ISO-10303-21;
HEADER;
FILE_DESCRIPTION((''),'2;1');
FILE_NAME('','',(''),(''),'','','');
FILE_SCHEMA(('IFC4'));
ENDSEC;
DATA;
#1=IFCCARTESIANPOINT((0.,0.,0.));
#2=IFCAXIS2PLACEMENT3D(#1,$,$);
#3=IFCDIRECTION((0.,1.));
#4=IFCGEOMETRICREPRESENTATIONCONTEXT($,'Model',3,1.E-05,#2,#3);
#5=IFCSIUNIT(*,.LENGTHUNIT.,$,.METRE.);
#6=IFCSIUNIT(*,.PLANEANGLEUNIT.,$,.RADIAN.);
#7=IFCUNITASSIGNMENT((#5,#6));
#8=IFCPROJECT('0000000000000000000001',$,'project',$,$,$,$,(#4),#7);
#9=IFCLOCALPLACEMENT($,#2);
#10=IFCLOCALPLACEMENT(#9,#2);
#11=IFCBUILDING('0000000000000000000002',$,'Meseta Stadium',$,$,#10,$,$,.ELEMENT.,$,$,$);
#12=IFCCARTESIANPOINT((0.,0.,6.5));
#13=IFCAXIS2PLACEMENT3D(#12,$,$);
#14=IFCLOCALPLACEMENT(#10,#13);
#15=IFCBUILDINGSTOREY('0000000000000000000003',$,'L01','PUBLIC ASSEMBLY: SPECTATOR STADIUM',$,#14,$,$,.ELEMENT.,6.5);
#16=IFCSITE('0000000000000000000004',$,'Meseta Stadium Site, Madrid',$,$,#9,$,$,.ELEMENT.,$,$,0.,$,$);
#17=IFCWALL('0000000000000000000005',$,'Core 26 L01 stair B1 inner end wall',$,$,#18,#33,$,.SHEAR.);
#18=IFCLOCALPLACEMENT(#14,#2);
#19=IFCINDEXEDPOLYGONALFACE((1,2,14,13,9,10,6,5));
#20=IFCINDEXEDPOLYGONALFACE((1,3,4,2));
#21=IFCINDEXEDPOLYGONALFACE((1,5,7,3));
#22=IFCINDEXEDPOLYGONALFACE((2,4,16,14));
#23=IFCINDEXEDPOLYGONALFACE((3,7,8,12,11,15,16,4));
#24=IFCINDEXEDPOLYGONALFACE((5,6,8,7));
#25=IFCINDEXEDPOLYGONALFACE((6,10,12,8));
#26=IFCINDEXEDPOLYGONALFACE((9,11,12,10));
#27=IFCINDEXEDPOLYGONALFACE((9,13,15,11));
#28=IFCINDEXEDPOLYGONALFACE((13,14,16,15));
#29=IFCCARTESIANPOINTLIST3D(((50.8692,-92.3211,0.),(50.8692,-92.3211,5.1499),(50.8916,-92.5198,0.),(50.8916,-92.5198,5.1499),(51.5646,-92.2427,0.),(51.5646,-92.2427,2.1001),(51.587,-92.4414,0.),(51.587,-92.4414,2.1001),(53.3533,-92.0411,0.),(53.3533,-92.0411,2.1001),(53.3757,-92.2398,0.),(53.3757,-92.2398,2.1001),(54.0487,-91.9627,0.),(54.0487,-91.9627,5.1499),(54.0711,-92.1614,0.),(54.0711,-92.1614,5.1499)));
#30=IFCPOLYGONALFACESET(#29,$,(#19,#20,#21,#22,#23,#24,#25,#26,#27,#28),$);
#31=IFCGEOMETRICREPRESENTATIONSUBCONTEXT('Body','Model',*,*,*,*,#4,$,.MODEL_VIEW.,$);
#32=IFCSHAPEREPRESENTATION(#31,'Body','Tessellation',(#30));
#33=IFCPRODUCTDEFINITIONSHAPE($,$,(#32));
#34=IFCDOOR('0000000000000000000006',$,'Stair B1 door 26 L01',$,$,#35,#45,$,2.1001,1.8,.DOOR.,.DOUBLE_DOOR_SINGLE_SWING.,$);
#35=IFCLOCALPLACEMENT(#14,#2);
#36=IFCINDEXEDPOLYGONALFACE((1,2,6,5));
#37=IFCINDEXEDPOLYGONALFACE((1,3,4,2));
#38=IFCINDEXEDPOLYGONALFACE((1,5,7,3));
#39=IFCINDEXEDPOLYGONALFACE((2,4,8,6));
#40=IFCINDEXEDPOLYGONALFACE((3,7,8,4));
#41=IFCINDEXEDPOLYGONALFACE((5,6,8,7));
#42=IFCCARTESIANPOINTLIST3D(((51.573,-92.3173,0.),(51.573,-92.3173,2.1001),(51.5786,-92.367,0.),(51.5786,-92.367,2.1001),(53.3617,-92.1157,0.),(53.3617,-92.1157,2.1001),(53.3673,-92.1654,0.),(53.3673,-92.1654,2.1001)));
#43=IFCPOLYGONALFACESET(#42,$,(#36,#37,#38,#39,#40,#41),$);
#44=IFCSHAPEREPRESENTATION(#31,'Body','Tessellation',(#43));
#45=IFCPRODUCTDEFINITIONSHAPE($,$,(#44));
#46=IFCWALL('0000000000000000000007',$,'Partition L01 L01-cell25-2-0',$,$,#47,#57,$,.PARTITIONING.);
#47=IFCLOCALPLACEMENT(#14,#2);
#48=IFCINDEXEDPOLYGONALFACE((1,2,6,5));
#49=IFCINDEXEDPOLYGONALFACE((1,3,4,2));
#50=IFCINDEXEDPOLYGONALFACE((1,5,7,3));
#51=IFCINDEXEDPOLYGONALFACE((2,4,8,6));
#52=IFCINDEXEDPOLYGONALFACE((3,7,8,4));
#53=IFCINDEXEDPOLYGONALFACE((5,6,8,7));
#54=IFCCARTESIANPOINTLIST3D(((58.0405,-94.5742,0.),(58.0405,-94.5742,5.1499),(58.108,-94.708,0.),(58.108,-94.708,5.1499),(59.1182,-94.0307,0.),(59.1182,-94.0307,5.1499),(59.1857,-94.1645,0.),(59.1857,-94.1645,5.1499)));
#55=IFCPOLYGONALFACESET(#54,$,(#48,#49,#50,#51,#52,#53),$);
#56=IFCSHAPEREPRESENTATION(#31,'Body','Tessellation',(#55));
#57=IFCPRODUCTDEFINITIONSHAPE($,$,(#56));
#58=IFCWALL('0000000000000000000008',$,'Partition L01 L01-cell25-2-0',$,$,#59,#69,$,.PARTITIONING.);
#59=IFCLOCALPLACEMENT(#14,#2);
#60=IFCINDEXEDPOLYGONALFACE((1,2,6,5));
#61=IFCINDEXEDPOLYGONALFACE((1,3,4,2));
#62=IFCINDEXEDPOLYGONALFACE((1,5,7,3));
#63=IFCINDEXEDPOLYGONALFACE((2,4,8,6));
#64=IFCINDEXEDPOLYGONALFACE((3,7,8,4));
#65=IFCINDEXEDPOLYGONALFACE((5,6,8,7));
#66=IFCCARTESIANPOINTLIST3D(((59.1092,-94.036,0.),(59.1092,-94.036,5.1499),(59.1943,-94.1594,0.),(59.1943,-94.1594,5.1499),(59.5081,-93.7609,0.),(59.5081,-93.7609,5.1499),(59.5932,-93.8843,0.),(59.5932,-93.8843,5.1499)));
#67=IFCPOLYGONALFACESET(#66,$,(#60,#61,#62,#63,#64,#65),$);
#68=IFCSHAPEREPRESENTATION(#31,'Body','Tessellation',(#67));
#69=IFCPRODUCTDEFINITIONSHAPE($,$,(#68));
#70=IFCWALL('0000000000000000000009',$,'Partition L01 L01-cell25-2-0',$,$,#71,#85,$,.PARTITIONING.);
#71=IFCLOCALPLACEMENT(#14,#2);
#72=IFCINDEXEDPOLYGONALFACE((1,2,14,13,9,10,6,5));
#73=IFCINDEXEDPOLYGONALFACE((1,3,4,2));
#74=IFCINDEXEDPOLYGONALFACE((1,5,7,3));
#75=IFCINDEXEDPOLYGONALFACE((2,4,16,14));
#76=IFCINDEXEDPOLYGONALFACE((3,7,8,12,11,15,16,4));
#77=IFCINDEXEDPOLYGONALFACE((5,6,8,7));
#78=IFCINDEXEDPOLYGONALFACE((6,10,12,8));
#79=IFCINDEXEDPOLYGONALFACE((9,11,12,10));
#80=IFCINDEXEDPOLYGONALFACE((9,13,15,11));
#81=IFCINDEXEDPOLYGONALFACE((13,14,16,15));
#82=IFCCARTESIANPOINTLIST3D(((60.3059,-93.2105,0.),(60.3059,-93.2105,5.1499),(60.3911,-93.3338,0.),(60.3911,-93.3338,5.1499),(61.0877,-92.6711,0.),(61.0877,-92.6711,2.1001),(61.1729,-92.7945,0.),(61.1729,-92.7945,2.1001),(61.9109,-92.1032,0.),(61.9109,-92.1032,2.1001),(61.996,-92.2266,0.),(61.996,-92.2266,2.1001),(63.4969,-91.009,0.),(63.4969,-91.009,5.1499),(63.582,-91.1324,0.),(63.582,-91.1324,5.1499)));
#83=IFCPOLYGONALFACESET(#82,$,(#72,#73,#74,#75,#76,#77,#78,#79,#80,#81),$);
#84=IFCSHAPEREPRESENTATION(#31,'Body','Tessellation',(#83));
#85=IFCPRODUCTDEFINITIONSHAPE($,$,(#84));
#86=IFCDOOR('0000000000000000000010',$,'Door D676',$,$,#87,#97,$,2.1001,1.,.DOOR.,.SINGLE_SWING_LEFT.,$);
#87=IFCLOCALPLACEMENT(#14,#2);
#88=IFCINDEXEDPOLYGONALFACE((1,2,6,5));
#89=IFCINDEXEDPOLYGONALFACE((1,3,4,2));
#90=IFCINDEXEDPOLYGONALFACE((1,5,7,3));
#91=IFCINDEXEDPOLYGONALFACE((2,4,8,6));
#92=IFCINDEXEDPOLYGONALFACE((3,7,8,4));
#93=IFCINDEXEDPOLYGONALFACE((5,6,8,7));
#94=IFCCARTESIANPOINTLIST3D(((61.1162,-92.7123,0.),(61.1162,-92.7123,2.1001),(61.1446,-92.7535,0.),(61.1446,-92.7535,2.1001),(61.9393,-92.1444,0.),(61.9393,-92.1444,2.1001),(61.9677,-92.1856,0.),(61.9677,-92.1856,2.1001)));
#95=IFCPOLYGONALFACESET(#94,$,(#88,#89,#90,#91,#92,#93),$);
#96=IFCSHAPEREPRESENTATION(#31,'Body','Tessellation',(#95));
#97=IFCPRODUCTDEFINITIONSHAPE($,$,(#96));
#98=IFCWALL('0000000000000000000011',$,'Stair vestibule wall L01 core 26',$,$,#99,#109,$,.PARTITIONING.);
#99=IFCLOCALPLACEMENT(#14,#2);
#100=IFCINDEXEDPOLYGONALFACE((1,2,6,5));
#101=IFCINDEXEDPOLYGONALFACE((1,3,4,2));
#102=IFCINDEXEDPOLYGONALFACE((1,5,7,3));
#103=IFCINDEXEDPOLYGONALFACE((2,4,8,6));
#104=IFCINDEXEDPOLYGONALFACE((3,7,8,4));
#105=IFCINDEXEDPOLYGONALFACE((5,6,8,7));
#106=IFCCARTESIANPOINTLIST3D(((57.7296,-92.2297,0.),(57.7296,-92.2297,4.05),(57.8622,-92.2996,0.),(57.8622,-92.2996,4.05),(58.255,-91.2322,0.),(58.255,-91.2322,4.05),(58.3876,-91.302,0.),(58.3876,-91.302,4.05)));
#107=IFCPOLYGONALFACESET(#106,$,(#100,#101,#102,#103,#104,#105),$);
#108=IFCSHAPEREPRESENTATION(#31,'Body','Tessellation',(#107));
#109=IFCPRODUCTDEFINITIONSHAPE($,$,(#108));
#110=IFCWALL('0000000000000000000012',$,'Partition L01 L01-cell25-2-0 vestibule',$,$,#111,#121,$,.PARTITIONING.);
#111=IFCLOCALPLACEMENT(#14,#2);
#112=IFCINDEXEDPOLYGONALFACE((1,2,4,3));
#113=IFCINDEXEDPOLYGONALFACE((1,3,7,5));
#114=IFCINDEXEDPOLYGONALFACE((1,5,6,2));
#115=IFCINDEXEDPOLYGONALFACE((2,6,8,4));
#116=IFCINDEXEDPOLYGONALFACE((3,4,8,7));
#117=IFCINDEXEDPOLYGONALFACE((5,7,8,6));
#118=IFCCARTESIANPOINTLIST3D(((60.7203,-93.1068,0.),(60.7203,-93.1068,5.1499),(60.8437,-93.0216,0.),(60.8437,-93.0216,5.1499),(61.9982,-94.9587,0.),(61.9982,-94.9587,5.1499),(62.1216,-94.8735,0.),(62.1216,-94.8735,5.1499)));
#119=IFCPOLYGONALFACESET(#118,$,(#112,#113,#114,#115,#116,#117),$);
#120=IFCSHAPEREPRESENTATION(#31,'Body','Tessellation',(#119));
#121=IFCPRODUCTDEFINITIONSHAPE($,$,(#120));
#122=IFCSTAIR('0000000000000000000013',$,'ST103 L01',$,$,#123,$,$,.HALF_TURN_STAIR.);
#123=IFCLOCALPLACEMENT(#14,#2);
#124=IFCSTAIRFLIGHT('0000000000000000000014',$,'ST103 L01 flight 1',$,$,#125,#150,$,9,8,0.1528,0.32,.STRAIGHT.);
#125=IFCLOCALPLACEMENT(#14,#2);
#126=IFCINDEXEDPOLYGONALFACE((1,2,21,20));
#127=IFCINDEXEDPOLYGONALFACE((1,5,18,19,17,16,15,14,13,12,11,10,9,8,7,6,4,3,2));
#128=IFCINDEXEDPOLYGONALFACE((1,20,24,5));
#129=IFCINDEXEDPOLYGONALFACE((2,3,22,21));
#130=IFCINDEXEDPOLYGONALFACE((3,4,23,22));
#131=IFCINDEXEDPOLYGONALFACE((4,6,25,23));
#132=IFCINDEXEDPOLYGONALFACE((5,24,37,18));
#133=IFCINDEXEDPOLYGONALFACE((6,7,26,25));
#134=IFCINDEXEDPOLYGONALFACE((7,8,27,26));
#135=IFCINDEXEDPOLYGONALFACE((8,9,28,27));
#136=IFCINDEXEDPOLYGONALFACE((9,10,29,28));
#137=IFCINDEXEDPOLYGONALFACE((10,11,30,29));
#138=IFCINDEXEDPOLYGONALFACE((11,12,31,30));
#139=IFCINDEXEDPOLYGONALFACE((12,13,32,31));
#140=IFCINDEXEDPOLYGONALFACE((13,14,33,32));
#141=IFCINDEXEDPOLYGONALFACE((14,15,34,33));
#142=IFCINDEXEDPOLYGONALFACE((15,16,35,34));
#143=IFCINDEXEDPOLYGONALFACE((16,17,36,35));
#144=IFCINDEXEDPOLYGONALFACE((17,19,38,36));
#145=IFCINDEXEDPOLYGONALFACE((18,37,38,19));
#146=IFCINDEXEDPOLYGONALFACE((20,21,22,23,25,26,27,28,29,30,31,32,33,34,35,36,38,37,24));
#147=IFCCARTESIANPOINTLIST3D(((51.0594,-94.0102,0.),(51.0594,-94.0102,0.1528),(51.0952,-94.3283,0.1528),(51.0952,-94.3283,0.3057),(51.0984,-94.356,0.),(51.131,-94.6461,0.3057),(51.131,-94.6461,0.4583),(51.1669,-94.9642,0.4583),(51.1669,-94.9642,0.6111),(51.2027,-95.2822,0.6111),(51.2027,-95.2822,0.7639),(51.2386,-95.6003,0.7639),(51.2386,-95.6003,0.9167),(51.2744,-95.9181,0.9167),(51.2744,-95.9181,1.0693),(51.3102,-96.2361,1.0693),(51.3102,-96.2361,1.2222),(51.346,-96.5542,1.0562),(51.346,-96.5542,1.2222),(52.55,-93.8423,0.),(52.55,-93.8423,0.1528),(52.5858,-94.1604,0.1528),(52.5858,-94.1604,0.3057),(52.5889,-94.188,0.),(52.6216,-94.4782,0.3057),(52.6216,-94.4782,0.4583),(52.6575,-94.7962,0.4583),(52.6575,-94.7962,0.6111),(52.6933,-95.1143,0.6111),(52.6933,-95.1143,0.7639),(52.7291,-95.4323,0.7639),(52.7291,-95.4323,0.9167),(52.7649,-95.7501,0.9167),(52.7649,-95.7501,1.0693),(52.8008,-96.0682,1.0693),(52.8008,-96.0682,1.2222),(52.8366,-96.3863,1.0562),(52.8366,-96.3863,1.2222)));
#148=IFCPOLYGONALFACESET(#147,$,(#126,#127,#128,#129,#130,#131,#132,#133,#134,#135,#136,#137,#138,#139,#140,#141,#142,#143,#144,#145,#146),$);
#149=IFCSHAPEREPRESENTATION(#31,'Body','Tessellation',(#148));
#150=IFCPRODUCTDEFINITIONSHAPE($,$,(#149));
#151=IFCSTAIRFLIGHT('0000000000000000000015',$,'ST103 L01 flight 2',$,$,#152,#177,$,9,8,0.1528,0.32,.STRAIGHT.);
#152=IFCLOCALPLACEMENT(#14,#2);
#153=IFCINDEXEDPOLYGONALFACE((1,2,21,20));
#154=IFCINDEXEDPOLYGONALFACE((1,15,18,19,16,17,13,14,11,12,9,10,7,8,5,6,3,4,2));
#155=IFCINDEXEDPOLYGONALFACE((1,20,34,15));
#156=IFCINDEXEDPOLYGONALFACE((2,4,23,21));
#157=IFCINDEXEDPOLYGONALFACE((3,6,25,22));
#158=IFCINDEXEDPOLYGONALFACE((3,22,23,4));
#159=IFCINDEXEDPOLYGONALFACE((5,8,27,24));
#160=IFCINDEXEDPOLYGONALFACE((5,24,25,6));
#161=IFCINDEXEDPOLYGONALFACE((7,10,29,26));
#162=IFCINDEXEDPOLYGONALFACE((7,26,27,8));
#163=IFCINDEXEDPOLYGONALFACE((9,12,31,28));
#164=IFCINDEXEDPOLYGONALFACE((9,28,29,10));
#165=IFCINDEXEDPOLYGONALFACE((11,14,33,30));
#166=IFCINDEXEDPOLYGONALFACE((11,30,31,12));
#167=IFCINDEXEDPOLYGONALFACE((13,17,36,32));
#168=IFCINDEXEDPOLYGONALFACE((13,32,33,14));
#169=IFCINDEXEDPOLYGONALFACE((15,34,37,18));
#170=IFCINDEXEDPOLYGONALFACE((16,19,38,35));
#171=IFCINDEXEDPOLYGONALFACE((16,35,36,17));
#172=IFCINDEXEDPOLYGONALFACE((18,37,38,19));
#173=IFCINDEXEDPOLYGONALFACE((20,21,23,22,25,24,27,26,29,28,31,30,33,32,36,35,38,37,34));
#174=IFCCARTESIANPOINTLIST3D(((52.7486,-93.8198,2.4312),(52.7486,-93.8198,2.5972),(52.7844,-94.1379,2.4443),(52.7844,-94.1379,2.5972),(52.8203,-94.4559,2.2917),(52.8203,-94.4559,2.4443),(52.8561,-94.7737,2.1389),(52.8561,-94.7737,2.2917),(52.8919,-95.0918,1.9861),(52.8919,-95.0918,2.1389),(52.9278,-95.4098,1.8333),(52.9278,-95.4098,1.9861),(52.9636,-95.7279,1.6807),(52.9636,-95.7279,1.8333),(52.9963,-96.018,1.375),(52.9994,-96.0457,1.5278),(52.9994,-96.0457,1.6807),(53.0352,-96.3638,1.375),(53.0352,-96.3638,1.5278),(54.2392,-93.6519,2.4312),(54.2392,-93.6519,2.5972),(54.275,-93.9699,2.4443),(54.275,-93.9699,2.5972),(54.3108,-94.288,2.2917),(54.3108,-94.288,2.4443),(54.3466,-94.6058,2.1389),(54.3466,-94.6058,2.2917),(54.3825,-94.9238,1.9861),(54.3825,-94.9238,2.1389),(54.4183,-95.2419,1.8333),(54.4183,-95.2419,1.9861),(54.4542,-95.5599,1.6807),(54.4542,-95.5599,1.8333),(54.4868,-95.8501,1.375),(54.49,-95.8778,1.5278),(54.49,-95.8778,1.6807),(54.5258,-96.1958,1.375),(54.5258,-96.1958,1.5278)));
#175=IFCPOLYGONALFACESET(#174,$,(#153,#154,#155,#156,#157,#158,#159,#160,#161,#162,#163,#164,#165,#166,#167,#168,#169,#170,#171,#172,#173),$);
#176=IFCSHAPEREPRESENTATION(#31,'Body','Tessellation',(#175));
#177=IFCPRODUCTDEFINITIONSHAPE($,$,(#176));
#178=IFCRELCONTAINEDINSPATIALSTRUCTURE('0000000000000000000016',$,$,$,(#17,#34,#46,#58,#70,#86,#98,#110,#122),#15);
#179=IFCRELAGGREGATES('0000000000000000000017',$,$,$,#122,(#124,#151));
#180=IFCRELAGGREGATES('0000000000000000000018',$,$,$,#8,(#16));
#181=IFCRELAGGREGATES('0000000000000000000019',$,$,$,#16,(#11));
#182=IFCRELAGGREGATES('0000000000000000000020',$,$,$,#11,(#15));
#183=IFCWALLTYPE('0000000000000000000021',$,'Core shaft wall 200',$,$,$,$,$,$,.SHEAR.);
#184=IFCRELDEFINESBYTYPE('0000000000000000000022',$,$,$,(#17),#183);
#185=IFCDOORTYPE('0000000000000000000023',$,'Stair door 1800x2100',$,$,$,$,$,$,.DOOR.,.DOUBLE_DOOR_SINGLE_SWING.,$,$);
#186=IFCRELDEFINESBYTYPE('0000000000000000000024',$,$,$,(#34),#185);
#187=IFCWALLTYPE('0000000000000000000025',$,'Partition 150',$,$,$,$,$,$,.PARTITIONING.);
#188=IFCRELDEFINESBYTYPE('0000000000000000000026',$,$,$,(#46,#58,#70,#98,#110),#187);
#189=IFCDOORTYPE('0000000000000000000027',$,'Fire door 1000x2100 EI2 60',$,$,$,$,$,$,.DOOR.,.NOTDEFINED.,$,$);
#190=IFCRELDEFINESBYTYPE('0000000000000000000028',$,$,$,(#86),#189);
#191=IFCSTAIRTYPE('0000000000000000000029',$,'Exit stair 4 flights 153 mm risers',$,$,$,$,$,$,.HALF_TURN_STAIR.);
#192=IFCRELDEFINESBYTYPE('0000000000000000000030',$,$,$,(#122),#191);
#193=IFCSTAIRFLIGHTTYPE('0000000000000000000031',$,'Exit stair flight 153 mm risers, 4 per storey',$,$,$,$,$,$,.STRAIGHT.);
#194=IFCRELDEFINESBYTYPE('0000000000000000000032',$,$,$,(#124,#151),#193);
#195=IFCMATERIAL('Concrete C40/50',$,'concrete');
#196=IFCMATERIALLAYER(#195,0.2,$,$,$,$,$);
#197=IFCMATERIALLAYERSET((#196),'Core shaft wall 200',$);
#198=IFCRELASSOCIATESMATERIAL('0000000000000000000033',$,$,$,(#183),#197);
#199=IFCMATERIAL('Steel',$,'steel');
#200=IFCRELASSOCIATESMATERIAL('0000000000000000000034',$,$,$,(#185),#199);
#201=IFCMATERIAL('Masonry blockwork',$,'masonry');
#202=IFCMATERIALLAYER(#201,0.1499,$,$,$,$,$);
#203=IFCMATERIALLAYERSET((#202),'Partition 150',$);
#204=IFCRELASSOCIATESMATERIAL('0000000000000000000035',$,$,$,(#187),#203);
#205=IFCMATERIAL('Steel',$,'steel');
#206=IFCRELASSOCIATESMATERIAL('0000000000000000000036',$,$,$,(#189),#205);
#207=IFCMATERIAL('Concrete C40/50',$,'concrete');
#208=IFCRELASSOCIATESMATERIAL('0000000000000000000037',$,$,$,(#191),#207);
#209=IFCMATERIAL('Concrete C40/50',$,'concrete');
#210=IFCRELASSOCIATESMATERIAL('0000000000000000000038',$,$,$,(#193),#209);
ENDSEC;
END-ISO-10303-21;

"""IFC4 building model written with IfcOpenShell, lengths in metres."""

from ifc_helpers import new_model, si_unit, direction, frame, frame_2d, origin, place, context, subcontext, project, spatial, polyline, rectangle, outline, extrude, material, layer, layer_set, type_object, element, fill, aggregate, save


model = new_model("IFC4")

# Units and contexts
model_context = context("Model", 3, precision=1e-05, world=origin(), true_north=direction((0.0, 1.0)))
body_context = subcontext(model_context, "Body", "Model", "MODEL_VIEW")
ifc_project = project(units=[si_unit("LENGTHUNIT", "METRE"), si_unit("PLANEANGLEUNIT", "RADIAN")], contexts=[model_context])

# Site, building, storey
site_placement = place(None, origin())
site = spatial("IfcSite", under=ifc_project, at=site_placement, Name="Meseta Stadium Site, Madrid", CompositionType="ELEMENT", RefElevation=0.0)
building_placement = place(site_placement, origin())
building = spatial("IfcBuilding", under=site, at=building_placement, Name="Meseta Stadium", CompositionType="ELEMENT")
storey_placement = place(building_placement, frame((0.0, 0.0, 6.5)))
storey = spatial("IfcBuildingStorey", under=building, at=storey_placement, Name="L01", Description="PUBLIC ASSEMBLY: SPECTATOR STADIUM", CompositionType="ELEMENT", Elevation=6.5)

# Wall, opening, door
ifc_material_1 = material(Name="Concrete C40/50", Category="concrete")
ifc_layer_1 = layer(ifc_material_1, 0.2)
ifc_layer_set_1 = layer_set([ifc_layer_1], Name="Core shaft wall 200")
wall_type_1 = type_object("IfcWallType", Name="Core shaft wall 200", PredefinedType="SHEAR", material=ifc_layer_set_1)
wall_1_placement = place(storey_placement, frame((50.8804, -92.4204, 0.0), z_axis=(0.0, 0.0, 1.0), x_axis=(0.993708, 0.112006, 0.0)))
wall_1 = element("IfcWall", 1, at=wall_1_placement, inside=storey, type_object=wall_type_1, Name="Core 26 L01 stair B1 inner end wall", PredefinedType="SHEAR", context=body_context, shape_type="SweptSolid", body=[
    extrude(rectangle(XDim=3.1997, YDim=0.2, at=frame_2d((1.5999, 0.0))), origin(), (0.0, 0.0, 1.0), 5.1499),
])
opening_1_placement = place(wall_1_placement, frame((0.7, 0.0, 0.0)))
opening_1 = element("IfcOpeningElement", 2, at=opening_1_placement, cuts=wall_1, PredefinedType="OPENING", context=body_context, shape_type="SweptSolid", body=[
    extrude(rectangle(XDim=1.8, YDim=2.1001, at=frame_2d((0.8999, 1.05))), frame((0.0, 0.1099, 0.0), z_axis=(0.0, -1.0, 0.0), x_axis=(1.0, 0.0, 0.0)), (0.0, 0.0, 1.0), 0.22),
])
ifc_material_2 = material(Name="Steel", Category="steel")
door_type_1 = type_object("IfcDoorType", Name="Stair door 1800x2100", OperationType="DOUBLE_DOOR_SINGLE_SWING", PredefinedType="DOOR", material=ifc_material_2)
door_1_placement = place(opening_1_placement, origin())
door_1 = element("IfcDoor", 3, at=door_1_placement, inside=storey, type_object=door_type_1, Name="Stair B1 door 26 L01", OperationType="DOUBLE_DOOR_SINGLE_SWING", OverallHeight=2.1001, OverallWidth=1.8, PredefinedType="DOOR", context=body_context, shape_type="SweptSolid", body=[
    extrude(rectangle(XDim=1.8, YDim=2.1001, at=frame_2d((0.8999, 1.05))), frame((0.0, 0.0249, 0.0), z_axis=(0.0, -1.0, 0.0), x_axis=(1.0, 0.0, 0.0)), (0.0, 0.0, 1.0), 0.05),
])
fill(opening_1, door_1)

# Walls
ifc_material_3 = material(Name="Masonry blockwork", Category="masonry")
ifc_layer_2 = layer(ifc_material_3, 0.1499)
ifc_layer_set_2 = layer_set([ifc_layer_2], Name="Partition 150")
wall_type_2 = type_object("IfcWallType", Name="Partition 150", PredefinedType="PARTITIONING", material=ifc_layer_set_2)
wall_2_placement = place(storey_placement, frame((58.0742, -94.6411, 0.0), z_axis=(0.0, 0.0, 1.0), x_axis=(0.892885, 0.450286, 0.0)))
element("IfcWall", 4, at=wall_2_placement, inside=storey, type_object=wall_type_2, Name="Partition L01 L01-cell25-2-0", PredefinedType="PARTITIONING", context=body_context, shape_type="SweptSolid", body=[
    extrude(rectangle(XDim=1.207, YDim=0.1499, at=frame_2d((0.6035, 0.0))), origin(), (0.0, 0.0, 1.0), 5.1499),
])
wall_3_placement = place(storey_placement, frame((59.1519, -94.0977, 0.0), z_axis=(0.0, 0.0, 1.0), x_axis=(0.823188, 0.567768, 0.0)))
element("IfcWall", 5, at=wall_3_placement, inside=storey, type_object=wall_type_2, Name="Partition L01 L01-cell25-2-0", PredefinedType="PARTITIONING", context=body_context, shape_type="SweptSolid", body=[
    extrude(rectangle(XDim=0.4846, YDim=0.1499, at=frame_2d((0.2422, 0.0))), origin(), (0.0, 0.0, 1.0), 5.1499),
])

# Wall, opening, door
wall_4_placement = place(storey_placement, frame((60.3484, -93.2722, 0.0), z_axis=(0.0, 0.0, 1.0), x_axis=(0.823118, 0.56787, 0.0)))
wall_4 = element("IfcWall", 6, at=wall_4_placement, inside=storey, type_object=wall_type_2, Name="Partition L01 L01-cell25-2-0", PredefinedType="PARTITIONING", context=body_context, shape_type="SweptSolid", body=[
    extrude(rectangle(XDim=3.8767, YDim=0.1499, at=frame_2d((1.9385, 0.0))), origin(), (0.0, 0.0, 1.0), 5.1499),
])
opening_2_placement = place(wall_4_placement, frame((0.95, 0.0, 0.0)))
opening_2 = element("IfcOpeningElement", 7, at=opening_2_placement, cuts=wall_4, PredefinedType="OPENING", context=body_context, shape_type="SweptSolid", body=[
    extrude(rectangle(XDim=1.0, YDim=2.1001, at=frame_2d((0.5, 1.05))), frame((0.0, 0.085, 0.0), z_axis=(0.0, -1.0, 0.0), x_axis=(1.0, 0.0, 0.0)), (0.0, 0.0, 1.0), 0.1699),
])
ifc_material_4 = material(Name="Steel", Category="steel")
door_type_2 = type_object("IfcDoorType", Name="Fire door 1000x2100 EI2 60", OperationType="NOTDEFINED", PredefinedType="DOOR", material=ifc_material_4)
door_2_placement = place(opening_2_placement, origin())
door_2 = element("IfcDoor", 8, at=door_2_placement, inside=storey, type_object=door_type_2, Name="Door D676", OperationType="SINGLE_SWING_LEFT", OverallHeight=2.1001, OverallWidth=1.0, PredefinedType="DOOR", context=body_context, shape_type="SweptSolid", body=[
    extrude(rectangle(XDim=1.0, YDim=2.1001, at=frame_2d((0.5, 1.05))), frame((0.0, 0.0249, 0.0), z_axis=(0.0, -1.0, 0.0), x_axis=(1.0, 0.0, 0.0)), (0.0, 0.0, 1.0), 0.05),
])
fill(opening_2, door_2)

# Walls
wall_5_placement = place(storey_placement, frame((57.7959, -92.2646, 0.0), z_axis=(0.0, 0.0, 1.0), x_axis=(0.465996, 0.884787, 0.0)))
element("IfcWall", 9, at=wall_5_placement, inside=storey, type_object=wall_type_2, Name="Stair vestibule wall L01 core 26", PredefinedType="PARTITIONING", context=body_context, shape_type="SweptSolid", body=[
    extrude(rectangle(XDim=1.1274, YDim=0.1499, at=frame_2d((0.5637, 0.0))), origin(), (0.0, 0.0, 1.0), 4.05),
])
wall_6_placement = place(storey_placement, frame((60.782, -93.0642, 0.0), z_axis=(0.0, 0.0, 1.0), x_axis=(0.567951, -0.823062, 0.0)))
element("IfcWall", 10, at=wall_6_placement, inside=storey, type_object=wall_type_2, Name="Partition L01 L01-cell25-2-0 vestibule", PredefinedType="PARTITIONING", context=body_context, shape_type="SweptSolid", body=[
    extrude(rectangle(XDim=2.25, YDim=0.1499, at=frame_2d((1.125, 0.0))), origin(), (0.0, 0.0, 1.0), 5.1499),
])

# Stair, stair flights
ifc_material_5 = material(Name="Concrete C40/50", Category="concrete")
stair_type = type_object("IfcStairType", Name="Exit stair 4 flights 153 mm risers", PredefinedType="HALF_TURN_STAIR", material=ifc_material_5)
stair_1_placement = place(storey_placement, origin())
stair_1 = element("IfcStair", 11, at=stair_1_placement, inside=storey, type_object=stair_type, Name="ST103 L01", PredefinedType="HALF_TURN_STAIR")
ifc_material_6 = material(Name="Concrete C40/50", Category="concrete")
stair_flight_type = type_object("IfcStairFlightType", Name="Exit stair flight 153 mm risers, 4 per storey", PredefinedType="STRAIGHT", material=ifc_material_6)
stair_flight_1_placement = place(storey_placement, frame((51.8047, -93.9263, 0.0), z_axis=(0.0, 0.0, 1.0), x_axis=(0.111964, -0.993712, 0.0)))
stair_flight_1 = element("IfcStairFlight", 12, at=stair_flight_1_placement, type_object=stair_flight_type, Name="ST103 L01 flight 1", NumberOfRisers=9, NumberOfTreads=8, PredefinedType="STRAIGHT", RiserHeight=0.1528, TreadLength=0.32, context=body_context, shape_type="SweptSolid", body=[
    extrude(outline(polyline([(0.0, 0.0), (0.0, 0.1528), (0.3201, 0.1528), (0.3201, 0.3057), (0.6399, 0.3057), (0.6399, 0.4583), (0.96, 0.4583), (0.96, 0.6111), (1.28, 0.6111), (1.28, 0.7639), (1.6001, 0.7639), (1.6001, 0.9167), (1.9199, 0.9167), (1.9199, 1.0693), (2.24, 1.0693), (2.24, 1.2222), (2.5601, 1.2222), (2.5601, 1.0562), (0.3479, 0.0), (0.0, 0.0)])), frame((0.0, 0.75, 0.0), z_axis=(0.0, -1.0, 0.0), x_axis=(1.0, 0.0, 0.0)), (0.0, 0.0, 1.0), 1.5),
])
stair_flight_2_placement = place(storey_placement, frame((53.7805, -96.2798, 1.375), z_axis=(0.0, 0.0, 1.0), x_axis=(-0.111964, 0.993712, 0.0)))
stair_flight_2 = element("IfcStairFlight", 13, at=stair_flight_2_placement, type_object=stair_flight_type, Name="ST103 L01 flight 2", NumberOfRisers=9, NumberOfTreads=8, PredefinedType="STRAIGHT", RiserHeight=0.1528, TreadLength=0.32, context=body_context, shape_type="SweptSolid", body=[
    extrude(outline(polyline([(0.0, 0.0), (0.0, 0.1528), (0.3201, 0.1528), (0.3201, 0.3057), (0.6399, 0.3057), (0.6399, 0.4583), (0.96, 0.4583), (0.96, 0.6111), (1.28, 0.6111), (1.28, 0.7639), (1.6001, 0.7639), (1.6001, 0.9167), (1.9199, 0.9167), (1.9199, 1.0693), (2.24, 1.0693), (2.24, 1.2222), (2.5601, 1.2222), (2.5601, 1.0562), (0.3479, 0.0), (0.0, 0.0)])), frame((0.0, 0.75, 0.0), z_axis=(0.0, -1.0, 0.0), x_axis=(1.0, 0.0, 0.0)), (0.0, 0.0, 1.0), 1.5),
])
aggregate(stair_1, [stair_flight_1, stair_flight_2])

save(model, "model.ifc")
